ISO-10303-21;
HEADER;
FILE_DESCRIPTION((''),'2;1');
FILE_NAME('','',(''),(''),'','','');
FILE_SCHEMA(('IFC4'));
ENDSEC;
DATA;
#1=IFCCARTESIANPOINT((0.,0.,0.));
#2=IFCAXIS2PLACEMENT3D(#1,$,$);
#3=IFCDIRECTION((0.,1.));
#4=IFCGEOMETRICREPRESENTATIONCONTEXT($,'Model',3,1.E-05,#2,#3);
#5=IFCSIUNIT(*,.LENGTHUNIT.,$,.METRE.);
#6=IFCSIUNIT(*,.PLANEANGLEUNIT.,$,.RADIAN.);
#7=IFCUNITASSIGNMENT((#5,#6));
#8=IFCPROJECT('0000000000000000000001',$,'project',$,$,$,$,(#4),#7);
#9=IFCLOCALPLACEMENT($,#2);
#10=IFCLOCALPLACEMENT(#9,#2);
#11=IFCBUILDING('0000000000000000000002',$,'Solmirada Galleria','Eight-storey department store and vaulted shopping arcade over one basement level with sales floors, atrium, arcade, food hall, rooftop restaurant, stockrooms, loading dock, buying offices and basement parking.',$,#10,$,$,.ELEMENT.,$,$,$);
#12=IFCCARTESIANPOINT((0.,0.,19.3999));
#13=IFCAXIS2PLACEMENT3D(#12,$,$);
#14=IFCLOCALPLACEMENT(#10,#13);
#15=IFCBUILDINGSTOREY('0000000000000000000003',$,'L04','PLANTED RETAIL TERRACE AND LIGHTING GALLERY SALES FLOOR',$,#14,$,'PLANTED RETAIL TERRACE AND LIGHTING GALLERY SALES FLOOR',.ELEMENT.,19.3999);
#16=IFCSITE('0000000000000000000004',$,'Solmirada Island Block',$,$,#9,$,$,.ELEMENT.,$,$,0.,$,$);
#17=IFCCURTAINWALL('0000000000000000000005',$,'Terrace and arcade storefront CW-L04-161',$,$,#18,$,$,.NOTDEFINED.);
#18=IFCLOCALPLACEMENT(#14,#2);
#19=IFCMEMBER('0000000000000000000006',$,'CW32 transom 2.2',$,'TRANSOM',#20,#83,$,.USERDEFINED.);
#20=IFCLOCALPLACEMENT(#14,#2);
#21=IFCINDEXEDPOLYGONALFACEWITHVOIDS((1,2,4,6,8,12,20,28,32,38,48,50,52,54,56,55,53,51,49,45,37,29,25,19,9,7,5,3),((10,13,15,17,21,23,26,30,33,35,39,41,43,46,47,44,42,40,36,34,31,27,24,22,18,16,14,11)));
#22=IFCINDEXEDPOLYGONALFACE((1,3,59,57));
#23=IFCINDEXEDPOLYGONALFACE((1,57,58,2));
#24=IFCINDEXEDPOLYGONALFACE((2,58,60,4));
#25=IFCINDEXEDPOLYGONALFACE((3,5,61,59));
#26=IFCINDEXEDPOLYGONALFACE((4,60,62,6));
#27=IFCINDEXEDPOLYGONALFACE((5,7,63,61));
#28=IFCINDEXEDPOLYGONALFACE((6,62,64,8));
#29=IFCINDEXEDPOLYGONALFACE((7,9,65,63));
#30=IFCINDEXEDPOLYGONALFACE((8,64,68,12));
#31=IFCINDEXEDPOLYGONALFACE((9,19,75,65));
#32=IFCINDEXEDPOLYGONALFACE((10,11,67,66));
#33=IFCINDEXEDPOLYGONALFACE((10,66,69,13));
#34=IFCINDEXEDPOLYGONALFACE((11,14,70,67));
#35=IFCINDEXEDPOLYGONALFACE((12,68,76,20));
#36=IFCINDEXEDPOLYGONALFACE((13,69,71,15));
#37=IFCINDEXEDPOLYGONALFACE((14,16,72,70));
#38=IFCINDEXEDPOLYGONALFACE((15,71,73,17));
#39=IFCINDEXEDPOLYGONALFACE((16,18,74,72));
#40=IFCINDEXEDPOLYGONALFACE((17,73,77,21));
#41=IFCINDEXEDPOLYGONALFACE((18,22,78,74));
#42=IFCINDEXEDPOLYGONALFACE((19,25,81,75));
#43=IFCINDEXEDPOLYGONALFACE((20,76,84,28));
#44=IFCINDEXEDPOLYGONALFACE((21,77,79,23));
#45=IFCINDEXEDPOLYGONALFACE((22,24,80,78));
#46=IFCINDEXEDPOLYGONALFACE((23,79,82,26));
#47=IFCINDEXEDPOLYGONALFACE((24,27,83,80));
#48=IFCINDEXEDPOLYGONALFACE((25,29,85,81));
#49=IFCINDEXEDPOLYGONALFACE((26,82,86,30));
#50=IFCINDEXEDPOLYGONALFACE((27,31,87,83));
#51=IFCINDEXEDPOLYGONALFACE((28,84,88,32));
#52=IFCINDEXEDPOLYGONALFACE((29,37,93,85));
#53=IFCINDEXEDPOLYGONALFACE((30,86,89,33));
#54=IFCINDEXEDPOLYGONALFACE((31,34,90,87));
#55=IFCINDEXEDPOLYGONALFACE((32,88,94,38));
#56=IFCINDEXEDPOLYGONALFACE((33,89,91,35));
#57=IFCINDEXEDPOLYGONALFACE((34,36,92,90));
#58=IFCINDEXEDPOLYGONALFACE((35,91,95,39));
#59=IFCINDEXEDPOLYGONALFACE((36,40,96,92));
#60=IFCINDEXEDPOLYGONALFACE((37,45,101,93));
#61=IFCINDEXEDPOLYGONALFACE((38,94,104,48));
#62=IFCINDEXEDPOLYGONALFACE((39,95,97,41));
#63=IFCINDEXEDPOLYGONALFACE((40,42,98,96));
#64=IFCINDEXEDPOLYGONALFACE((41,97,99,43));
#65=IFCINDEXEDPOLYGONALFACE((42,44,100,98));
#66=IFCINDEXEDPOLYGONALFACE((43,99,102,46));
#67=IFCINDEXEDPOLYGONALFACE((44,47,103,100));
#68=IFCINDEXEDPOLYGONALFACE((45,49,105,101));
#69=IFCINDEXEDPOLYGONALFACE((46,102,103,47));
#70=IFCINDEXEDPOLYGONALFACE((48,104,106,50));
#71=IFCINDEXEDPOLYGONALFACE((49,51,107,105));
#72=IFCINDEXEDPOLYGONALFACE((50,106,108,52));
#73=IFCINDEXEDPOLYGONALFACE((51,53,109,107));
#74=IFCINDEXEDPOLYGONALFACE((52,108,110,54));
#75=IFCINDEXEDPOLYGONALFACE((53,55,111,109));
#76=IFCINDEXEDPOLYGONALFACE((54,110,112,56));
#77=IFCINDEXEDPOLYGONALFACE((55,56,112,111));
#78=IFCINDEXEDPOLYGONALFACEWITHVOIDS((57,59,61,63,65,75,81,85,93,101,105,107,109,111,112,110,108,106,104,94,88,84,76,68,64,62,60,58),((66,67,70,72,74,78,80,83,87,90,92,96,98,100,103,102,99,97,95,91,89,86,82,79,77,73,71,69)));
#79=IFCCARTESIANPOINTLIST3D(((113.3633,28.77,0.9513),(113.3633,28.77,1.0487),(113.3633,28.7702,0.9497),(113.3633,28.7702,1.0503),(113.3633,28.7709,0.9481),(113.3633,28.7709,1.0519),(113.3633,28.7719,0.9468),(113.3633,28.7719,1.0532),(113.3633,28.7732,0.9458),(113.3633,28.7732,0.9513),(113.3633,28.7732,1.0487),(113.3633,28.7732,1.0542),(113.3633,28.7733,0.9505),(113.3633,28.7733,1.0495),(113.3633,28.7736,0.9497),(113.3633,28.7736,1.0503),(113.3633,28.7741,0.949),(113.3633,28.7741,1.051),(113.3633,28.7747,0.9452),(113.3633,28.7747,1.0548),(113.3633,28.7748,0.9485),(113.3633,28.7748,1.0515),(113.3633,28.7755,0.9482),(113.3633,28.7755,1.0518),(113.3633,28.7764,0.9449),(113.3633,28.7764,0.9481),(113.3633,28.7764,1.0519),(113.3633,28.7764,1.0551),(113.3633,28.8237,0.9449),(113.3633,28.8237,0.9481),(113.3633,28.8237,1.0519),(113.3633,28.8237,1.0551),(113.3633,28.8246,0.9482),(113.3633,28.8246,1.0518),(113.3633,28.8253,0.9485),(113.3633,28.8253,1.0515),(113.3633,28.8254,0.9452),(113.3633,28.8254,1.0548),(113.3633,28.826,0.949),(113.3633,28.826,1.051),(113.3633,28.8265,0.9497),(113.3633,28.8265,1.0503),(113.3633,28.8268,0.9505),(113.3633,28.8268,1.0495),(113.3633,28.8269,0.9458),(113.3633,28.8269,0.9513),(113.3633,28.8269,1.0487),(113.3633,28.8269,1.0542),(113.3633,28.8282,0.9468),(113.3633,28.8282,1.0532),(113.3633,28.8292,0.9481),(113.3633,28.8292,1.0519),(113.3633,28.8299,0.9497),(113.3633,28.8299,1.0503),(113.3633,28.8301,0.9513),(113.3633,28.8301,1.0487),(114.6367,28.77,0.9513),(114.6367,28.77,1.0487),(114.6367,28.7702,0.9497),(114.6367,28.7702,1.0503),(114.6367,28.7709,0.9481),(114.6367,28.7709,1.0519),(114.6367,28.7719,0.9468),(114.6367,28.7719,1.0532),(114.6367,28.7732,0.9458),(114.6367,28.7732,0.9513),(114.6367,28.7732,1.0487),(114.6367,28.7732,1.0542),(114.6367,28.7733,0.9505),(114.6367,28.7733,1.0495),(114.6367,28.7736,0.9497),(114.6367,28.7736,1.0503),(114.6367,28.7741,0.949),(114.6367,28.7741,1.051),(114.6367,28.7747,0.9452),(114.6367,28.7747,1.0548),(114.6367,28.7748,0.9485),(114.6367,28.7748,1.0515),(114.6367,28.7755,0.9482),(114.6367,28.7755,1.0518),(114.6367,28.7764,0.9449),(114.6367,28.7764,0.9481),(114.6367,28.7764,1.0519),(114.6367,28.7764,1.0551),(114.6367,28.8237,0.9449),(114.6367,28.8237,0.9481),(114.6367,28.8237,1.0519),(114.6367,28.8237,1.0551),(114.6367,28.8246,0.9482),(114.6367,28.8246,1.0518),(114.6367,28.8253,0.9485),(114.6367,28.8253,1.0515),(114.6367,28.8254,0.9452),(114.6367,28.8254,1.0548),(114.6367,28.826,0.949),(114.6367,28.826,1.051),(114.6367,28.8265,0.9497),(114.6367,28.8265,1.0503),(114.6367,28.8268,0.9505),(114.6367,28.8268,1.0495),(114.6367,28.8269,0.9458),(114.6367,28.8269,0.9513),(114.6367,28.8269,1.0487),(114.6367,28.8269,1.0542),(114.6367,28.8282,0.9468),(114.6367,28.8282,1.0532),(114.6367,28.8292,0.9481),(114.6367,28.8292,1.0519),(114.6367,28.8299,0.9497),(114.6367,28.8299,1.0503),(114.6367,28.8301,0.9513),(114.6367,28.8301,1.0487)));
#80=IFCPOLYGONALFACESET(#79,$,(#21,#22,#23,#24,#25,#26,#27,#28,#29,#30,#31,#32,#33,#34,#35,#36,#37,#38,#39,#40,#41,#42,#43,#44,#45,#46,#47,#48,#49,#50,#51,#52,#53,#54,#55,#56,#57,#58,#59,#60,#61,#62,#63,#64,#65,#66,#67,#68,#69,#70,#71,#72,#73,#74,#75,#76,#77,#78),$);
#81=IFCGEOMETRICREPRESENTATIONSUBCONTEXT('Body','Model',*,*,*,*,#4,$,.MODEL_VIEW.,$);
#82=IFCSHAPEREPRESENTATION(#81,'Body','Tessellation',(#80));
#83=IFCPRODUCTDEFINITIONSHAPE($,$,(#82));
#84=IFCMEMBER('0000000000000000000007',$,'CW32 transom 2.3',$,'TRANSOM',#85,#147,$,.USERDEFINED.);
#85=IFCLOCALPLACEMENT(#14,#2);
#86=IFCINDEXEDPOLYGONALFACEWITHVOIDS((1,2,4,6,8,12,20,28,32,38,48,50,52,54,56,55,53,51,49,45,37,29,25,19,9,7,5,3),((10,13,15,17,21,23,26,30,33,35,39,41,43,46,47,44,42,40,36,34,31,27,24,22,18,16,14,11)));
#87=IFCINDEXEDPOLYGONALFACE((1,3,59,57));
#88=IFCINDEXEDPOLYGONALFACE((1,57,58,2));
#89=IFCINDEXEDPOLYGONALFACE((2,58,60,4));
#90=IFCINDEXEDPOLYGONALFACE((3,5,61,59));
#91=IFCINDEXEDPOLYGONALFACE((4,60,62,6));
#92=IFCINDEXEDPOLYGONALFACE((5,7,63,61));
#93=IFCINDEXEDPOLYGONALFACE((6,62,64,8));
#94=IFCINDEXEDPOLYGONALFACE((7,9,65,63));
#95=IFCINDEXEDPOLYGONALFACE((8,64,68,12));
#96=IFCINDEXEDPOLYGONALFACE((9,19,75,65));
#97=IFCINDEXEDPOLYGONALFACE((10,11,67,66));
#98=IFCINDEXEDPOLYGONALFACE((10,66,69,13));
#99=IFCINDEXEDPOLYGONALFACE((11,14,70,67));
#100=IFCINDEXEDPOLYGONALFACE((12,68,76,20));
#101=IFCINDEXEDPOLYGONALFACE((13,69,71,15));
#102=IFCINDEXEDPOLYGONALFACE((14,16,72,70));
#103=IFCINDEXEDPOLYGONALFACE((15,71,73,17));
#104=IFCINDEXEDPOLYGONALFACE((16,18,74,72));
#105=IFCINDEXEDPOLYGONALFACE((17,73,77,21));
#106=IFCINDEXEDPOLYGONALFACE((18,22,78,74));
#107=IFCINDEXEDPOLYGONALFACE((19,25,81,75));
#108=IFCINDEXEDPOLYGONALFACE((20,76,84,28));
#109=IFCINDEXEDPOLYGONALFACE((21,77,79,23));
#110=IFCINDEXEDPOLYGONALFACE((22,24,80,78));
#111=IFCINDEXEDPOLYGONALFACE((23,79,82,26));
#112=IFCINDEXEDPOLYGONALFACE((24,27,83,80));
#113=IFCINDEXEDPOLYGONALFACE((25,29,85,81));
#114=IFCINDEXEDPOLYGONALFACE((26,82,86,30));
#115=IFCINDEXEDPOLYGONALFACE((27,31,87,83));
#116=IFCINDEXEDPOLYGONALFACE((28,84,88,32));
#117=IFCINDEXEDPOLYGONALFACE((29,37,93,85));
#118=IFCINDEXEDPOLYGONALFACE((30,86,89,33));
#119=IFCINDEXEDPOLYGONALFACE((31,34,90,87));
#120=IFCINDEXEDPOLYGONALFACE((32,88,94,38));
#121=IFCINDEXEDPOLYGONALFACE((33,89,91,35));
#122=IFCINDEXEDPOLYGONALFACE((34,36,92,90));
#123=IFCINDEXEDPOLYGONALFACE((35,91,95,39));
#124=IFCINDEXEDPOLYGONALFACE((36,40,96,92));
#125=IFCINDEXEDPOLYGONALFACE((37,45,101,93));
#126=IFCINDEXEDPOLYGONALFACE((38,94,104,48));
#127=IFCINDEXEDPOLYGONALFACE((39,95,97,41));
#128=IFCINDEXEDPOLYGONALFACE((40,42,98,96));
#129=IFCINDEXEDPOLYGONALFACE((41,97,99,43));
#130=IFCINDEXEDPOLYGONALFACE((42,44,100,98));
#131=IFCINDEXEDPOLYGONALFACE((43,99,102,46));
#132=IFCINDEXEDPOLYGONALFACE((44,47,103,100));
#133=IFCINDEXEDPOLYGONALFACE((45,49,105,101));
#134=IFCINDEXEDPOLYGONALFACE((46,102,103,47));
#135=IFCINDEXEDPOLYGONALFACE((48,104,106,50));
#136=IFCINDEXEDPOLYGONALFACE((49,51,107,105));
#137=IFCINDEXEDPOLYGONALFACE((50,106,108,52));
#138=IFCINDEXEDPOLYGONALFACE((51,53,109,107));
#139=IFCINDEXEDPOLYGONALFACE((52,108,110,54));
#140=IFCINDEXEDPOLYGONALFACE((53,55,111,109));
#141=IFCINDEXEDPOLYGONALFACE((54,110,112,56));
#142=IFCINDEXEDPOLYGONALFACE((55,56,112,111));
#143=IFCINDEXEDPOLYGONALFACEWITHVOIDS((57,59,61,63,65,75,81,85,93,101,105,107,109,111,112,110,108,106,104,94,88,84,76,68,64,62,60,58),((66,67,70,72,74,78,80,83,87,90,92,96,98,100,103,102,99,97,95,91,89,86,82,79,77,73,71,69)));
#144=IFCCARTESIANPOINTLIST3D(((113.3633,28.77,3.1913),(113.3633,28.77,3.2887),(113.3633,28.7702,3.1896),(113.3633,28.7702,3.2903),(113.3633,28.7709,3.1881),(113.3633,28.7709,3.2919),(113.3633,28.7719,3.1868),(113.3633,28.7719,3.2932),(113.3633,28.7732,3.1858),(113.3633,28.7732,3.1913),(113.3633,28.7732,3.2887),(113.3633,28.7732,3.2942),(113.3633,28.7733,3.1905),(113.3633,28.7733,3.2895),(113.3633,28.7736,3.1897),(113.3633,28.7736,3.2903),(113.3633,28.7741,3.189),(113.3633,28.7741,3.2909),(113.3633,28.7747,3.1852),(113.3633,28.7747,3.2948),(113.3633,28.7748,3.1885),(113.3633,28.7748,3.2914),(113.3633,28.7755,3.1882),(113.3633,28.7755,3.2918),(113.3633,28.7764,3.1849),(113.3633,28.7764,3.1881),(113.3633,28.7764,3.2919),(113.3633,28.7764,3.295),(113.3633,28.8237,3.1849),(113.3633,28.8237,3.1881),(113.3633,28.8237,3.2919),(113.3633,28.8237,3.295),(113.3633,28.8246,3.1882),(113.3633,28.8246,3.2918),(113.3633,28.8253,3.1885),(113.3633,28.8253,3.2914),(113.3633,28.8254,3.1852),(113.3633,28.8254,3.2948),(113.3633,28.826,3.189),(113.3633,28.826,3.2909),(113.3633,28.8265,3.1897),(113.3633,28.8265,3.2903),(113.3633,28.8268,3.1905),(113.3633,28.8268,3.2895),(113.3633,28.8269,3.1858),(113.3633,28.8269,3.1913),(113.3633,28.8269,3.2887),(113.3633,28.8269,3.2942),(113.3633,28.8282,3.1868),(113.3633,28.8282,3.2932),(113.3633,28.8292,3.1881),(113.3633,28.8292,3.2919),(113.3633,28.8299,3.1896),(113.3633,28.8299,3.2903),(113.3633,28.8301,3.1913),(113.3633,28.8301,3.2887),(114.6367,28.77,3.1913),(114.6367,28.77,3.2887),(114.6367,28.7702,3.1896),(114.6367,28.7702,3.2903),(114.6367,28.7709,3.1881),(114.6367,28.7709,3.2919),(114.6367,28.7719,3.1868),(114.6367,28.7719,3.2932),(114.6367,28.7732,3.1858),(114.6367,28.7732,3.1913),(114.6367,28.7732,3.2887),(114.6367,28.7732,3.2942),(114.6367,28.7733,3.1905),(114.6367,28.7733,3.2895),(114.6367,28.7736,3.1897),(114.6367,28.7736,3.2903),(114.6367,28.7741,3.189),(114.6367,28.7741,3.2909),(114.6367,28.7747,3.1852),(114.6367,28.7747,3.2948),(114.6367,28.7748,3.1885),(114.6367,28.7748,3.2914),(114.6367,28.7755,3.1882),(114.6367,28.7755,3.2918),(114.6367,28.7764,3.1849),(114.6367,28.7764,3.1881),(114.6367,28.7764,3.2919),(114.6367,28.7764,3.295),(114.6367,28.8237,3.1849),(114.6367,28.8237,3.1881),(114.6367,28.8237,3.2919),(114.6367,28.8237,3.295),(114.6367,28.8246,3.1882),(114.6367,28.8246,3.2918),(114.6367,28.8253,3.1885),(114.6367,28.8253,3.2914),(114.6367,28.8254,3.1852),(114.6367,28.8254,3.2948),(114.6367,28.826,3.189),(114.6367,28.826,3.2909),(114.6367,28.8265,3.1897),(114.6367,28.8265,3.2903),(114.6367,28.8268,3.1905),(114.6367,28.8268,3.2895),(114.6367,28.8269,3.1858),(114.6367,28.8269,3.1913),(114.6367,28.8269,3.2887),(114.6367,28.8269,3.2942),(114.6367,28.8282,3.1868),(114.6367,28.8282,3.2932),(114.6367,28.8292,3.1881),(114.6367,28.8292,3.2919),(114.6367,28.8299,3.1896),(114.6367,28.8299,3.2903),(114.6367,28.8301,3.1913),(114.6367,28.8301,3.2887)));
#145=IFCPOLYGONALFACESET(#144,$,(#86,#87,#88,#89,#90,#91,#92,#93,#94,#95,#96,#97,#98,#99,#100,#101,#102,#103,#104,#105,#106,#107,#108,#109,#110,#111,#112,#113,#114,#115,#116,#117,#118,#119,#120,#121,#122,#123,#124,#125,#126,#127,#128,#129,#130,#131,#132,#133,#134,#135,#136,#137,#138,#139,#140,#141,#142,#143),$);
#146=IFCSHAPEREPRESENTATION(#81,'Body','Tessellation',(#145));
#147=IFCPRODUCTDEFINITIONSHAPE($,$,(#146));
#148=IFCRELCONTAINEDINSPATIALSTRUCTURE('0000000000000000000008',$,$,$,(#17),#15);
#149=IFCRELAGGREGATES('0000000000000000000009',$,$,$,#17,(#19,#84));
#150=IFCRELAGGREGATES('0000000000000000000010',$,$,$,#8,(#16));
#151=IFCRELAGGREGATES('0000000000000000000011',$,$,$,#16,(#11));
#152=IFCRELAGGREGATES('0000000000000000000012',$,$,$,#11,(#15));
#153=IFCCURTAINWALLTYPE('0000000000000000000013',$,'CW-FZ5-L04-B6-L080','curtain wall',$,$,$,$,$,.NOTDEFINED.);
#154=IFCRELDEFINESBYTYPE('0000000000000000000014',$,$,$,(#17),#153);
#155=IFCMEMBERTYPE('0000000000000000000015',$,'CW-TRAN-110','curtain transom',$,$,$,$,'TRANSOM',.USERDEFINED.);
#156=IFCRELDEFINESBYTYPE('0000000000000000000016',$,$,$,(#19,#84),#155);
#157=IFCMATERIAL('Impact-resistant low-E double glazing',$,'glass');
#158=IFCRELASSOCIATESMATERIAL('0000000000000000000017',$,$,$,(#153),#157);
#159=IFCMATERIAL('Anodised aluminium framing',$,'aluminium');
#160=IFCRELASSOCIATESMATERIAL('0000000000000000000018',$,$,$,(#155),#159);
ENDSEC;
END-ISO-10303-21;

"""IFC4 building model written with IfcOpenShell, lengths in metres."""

from ifc_helpers import new_model, si_unit, direction, frame, origin, origin_2d, place, context, subcontext, project, spatial, hollow_rectangle, extrude, material, material_profile, profile_set, type_object, element, aggregate, save


model = new_model("IFC4")

# Units and contexts
model_context = context("Model", 3, precision=1e-05, world=origin(), true_north=direction((0.0, 1.0)))
body_context = subcontext(model_context, "Body", "Model", "MODEL_VIEW")
ifc_project = project(units=[si_unit("LENGTHUNIT", "METRE"), si_unit("PLANEANGLEUNIT", "RADIAN")], contexts=[model_context])

# Site, building, storey
site_placement = place(None, origin())
site = spatial("IfcSite", under=ifc_project, at=site_placement, Name="Solmirada Island Block", CompositionType="ELEMENT", RefElevation=0.0)
building_placement = place(site_placement, origin())
building = spatial("IfcBuilding", under=site, at=building_placement, Name="Solmirada Galleria", Description="Eight-storey department store and vaulted shopping arcade over one basement level with sales floors, atrium, arcade, food hall, rooftop restaurant, stockrooms, loading dock, buying offices and basement parking.", CompositionType="ELEMENT")
storey_placement = place(building_placement, frame((0.0, 0.0, 19.3999)))
storey = spatial("IfcBuildingStorey", under=building, at=storey_placement, Name="L04", Description="PLANTED RETAIL TERRACE AND LIGHTING GALLERY SALES FLOOR", LongName="PLANTED RETAIL TERRACE AND LIGHTING GALLERY SALES FLOOR", CompositionType="ELEMENT", Elevation=19.3999)

# Shared definitions
ifc_material_1 = material(Name="Impact-resistant low-E double glazing", Category="glass")
curtain_wall_type = type_object("IfcCurtainWallType", Name="CW-FZ5-L04-B6-L080", Description="curtain wall", PredefinedType="NOTDEFINED", material=ifc_material_1)
ifc_material_2 = material(Name="Anodised aluminium framing", Category="aluminium")

# Curtain wall
curtain_wall_1_placement = place(storey_placement, origin())
curtain_wall_1 = element("IfcCurtainWall", 1, at=curtain_wall_1_placement, inside=storey, type_object=curtain_wall_type, Name="Terrace and arcade storefront CW-L04-161", PredefinedType="NOTDEFINED")

# Members
ifc_material_profile_1 = material_profile(ifc_material_2, hollow_rectangle(XDim=0.0601, YDim=0.1101, WallThickness=0.0032, InnerFilletRadius=0.0032, OuterFilletRadius=0.0063, at=origin_2d()), Name="ALU-TRAN-110X60")
ifc_profile_set_1 = profile_set([ifc_material_profile_1], Name="Anodised aluminium framing")
member_type_1 = type_object("IfcMemberType", Name="CW-TRAN-110", Description="curtain transom", ElementType="TRANSOM", PredefinedType="USERDEFINED", material=ifc_profile_set_1)
member_1_placement = place(storey_placement, frame((113.3633, 28.8, 1.0), z_axis=(1.0, 0.0, 0.0), x_axis=(0.0, 1.0, 0.0)))
member_1 = element("IfcMember", 2, at=member_1_placement, type_object=member_type_1, Name="CW32 transom 2.2", ObjectType="TRANSOM", PredefinedType="USERDEFINED", context=body_context, shape_type="SweptSolid", body=[
    extrude(hollow_rectangle(XDim=0.0601, YDim=0.1101, WallThickness=0.0032, InnerFilletRadius=0.0032, OuterFilletRadius=0.0063, at=origin_2d()), origin(), (0.0, 0.0, 1.0), 1.2734),
])
member_2_placement = place(storey_placement, frame((113.3633, 28.8, 3.24), z_axis=(1.0, 0.0, 0.0), x_axis=(0.0, 1.0, 0.0)))
member_2 = element("IfcMember", 3, at=member_2_placement, type_object=member_type_1, Name="CW32 transom 2.3", ObjectType="TRANSOM", PredefinedType="USERDEFINED", context=body_context, shape_type="SweptSolid", body=[
    extrude(hollow_rectangle(XDim=0.0601, YDim=0.1101, WallThickness=0.0032, InnerFilletRadius=0.0032, OuterFilletRadius=0.0063, at=origin_2d()), origin(), (0.0, 0.0, 1.0), 1.2734),
])

aggregate(curtain_wall_1, [member_1, member_2])

save(model, "model.ifc")
